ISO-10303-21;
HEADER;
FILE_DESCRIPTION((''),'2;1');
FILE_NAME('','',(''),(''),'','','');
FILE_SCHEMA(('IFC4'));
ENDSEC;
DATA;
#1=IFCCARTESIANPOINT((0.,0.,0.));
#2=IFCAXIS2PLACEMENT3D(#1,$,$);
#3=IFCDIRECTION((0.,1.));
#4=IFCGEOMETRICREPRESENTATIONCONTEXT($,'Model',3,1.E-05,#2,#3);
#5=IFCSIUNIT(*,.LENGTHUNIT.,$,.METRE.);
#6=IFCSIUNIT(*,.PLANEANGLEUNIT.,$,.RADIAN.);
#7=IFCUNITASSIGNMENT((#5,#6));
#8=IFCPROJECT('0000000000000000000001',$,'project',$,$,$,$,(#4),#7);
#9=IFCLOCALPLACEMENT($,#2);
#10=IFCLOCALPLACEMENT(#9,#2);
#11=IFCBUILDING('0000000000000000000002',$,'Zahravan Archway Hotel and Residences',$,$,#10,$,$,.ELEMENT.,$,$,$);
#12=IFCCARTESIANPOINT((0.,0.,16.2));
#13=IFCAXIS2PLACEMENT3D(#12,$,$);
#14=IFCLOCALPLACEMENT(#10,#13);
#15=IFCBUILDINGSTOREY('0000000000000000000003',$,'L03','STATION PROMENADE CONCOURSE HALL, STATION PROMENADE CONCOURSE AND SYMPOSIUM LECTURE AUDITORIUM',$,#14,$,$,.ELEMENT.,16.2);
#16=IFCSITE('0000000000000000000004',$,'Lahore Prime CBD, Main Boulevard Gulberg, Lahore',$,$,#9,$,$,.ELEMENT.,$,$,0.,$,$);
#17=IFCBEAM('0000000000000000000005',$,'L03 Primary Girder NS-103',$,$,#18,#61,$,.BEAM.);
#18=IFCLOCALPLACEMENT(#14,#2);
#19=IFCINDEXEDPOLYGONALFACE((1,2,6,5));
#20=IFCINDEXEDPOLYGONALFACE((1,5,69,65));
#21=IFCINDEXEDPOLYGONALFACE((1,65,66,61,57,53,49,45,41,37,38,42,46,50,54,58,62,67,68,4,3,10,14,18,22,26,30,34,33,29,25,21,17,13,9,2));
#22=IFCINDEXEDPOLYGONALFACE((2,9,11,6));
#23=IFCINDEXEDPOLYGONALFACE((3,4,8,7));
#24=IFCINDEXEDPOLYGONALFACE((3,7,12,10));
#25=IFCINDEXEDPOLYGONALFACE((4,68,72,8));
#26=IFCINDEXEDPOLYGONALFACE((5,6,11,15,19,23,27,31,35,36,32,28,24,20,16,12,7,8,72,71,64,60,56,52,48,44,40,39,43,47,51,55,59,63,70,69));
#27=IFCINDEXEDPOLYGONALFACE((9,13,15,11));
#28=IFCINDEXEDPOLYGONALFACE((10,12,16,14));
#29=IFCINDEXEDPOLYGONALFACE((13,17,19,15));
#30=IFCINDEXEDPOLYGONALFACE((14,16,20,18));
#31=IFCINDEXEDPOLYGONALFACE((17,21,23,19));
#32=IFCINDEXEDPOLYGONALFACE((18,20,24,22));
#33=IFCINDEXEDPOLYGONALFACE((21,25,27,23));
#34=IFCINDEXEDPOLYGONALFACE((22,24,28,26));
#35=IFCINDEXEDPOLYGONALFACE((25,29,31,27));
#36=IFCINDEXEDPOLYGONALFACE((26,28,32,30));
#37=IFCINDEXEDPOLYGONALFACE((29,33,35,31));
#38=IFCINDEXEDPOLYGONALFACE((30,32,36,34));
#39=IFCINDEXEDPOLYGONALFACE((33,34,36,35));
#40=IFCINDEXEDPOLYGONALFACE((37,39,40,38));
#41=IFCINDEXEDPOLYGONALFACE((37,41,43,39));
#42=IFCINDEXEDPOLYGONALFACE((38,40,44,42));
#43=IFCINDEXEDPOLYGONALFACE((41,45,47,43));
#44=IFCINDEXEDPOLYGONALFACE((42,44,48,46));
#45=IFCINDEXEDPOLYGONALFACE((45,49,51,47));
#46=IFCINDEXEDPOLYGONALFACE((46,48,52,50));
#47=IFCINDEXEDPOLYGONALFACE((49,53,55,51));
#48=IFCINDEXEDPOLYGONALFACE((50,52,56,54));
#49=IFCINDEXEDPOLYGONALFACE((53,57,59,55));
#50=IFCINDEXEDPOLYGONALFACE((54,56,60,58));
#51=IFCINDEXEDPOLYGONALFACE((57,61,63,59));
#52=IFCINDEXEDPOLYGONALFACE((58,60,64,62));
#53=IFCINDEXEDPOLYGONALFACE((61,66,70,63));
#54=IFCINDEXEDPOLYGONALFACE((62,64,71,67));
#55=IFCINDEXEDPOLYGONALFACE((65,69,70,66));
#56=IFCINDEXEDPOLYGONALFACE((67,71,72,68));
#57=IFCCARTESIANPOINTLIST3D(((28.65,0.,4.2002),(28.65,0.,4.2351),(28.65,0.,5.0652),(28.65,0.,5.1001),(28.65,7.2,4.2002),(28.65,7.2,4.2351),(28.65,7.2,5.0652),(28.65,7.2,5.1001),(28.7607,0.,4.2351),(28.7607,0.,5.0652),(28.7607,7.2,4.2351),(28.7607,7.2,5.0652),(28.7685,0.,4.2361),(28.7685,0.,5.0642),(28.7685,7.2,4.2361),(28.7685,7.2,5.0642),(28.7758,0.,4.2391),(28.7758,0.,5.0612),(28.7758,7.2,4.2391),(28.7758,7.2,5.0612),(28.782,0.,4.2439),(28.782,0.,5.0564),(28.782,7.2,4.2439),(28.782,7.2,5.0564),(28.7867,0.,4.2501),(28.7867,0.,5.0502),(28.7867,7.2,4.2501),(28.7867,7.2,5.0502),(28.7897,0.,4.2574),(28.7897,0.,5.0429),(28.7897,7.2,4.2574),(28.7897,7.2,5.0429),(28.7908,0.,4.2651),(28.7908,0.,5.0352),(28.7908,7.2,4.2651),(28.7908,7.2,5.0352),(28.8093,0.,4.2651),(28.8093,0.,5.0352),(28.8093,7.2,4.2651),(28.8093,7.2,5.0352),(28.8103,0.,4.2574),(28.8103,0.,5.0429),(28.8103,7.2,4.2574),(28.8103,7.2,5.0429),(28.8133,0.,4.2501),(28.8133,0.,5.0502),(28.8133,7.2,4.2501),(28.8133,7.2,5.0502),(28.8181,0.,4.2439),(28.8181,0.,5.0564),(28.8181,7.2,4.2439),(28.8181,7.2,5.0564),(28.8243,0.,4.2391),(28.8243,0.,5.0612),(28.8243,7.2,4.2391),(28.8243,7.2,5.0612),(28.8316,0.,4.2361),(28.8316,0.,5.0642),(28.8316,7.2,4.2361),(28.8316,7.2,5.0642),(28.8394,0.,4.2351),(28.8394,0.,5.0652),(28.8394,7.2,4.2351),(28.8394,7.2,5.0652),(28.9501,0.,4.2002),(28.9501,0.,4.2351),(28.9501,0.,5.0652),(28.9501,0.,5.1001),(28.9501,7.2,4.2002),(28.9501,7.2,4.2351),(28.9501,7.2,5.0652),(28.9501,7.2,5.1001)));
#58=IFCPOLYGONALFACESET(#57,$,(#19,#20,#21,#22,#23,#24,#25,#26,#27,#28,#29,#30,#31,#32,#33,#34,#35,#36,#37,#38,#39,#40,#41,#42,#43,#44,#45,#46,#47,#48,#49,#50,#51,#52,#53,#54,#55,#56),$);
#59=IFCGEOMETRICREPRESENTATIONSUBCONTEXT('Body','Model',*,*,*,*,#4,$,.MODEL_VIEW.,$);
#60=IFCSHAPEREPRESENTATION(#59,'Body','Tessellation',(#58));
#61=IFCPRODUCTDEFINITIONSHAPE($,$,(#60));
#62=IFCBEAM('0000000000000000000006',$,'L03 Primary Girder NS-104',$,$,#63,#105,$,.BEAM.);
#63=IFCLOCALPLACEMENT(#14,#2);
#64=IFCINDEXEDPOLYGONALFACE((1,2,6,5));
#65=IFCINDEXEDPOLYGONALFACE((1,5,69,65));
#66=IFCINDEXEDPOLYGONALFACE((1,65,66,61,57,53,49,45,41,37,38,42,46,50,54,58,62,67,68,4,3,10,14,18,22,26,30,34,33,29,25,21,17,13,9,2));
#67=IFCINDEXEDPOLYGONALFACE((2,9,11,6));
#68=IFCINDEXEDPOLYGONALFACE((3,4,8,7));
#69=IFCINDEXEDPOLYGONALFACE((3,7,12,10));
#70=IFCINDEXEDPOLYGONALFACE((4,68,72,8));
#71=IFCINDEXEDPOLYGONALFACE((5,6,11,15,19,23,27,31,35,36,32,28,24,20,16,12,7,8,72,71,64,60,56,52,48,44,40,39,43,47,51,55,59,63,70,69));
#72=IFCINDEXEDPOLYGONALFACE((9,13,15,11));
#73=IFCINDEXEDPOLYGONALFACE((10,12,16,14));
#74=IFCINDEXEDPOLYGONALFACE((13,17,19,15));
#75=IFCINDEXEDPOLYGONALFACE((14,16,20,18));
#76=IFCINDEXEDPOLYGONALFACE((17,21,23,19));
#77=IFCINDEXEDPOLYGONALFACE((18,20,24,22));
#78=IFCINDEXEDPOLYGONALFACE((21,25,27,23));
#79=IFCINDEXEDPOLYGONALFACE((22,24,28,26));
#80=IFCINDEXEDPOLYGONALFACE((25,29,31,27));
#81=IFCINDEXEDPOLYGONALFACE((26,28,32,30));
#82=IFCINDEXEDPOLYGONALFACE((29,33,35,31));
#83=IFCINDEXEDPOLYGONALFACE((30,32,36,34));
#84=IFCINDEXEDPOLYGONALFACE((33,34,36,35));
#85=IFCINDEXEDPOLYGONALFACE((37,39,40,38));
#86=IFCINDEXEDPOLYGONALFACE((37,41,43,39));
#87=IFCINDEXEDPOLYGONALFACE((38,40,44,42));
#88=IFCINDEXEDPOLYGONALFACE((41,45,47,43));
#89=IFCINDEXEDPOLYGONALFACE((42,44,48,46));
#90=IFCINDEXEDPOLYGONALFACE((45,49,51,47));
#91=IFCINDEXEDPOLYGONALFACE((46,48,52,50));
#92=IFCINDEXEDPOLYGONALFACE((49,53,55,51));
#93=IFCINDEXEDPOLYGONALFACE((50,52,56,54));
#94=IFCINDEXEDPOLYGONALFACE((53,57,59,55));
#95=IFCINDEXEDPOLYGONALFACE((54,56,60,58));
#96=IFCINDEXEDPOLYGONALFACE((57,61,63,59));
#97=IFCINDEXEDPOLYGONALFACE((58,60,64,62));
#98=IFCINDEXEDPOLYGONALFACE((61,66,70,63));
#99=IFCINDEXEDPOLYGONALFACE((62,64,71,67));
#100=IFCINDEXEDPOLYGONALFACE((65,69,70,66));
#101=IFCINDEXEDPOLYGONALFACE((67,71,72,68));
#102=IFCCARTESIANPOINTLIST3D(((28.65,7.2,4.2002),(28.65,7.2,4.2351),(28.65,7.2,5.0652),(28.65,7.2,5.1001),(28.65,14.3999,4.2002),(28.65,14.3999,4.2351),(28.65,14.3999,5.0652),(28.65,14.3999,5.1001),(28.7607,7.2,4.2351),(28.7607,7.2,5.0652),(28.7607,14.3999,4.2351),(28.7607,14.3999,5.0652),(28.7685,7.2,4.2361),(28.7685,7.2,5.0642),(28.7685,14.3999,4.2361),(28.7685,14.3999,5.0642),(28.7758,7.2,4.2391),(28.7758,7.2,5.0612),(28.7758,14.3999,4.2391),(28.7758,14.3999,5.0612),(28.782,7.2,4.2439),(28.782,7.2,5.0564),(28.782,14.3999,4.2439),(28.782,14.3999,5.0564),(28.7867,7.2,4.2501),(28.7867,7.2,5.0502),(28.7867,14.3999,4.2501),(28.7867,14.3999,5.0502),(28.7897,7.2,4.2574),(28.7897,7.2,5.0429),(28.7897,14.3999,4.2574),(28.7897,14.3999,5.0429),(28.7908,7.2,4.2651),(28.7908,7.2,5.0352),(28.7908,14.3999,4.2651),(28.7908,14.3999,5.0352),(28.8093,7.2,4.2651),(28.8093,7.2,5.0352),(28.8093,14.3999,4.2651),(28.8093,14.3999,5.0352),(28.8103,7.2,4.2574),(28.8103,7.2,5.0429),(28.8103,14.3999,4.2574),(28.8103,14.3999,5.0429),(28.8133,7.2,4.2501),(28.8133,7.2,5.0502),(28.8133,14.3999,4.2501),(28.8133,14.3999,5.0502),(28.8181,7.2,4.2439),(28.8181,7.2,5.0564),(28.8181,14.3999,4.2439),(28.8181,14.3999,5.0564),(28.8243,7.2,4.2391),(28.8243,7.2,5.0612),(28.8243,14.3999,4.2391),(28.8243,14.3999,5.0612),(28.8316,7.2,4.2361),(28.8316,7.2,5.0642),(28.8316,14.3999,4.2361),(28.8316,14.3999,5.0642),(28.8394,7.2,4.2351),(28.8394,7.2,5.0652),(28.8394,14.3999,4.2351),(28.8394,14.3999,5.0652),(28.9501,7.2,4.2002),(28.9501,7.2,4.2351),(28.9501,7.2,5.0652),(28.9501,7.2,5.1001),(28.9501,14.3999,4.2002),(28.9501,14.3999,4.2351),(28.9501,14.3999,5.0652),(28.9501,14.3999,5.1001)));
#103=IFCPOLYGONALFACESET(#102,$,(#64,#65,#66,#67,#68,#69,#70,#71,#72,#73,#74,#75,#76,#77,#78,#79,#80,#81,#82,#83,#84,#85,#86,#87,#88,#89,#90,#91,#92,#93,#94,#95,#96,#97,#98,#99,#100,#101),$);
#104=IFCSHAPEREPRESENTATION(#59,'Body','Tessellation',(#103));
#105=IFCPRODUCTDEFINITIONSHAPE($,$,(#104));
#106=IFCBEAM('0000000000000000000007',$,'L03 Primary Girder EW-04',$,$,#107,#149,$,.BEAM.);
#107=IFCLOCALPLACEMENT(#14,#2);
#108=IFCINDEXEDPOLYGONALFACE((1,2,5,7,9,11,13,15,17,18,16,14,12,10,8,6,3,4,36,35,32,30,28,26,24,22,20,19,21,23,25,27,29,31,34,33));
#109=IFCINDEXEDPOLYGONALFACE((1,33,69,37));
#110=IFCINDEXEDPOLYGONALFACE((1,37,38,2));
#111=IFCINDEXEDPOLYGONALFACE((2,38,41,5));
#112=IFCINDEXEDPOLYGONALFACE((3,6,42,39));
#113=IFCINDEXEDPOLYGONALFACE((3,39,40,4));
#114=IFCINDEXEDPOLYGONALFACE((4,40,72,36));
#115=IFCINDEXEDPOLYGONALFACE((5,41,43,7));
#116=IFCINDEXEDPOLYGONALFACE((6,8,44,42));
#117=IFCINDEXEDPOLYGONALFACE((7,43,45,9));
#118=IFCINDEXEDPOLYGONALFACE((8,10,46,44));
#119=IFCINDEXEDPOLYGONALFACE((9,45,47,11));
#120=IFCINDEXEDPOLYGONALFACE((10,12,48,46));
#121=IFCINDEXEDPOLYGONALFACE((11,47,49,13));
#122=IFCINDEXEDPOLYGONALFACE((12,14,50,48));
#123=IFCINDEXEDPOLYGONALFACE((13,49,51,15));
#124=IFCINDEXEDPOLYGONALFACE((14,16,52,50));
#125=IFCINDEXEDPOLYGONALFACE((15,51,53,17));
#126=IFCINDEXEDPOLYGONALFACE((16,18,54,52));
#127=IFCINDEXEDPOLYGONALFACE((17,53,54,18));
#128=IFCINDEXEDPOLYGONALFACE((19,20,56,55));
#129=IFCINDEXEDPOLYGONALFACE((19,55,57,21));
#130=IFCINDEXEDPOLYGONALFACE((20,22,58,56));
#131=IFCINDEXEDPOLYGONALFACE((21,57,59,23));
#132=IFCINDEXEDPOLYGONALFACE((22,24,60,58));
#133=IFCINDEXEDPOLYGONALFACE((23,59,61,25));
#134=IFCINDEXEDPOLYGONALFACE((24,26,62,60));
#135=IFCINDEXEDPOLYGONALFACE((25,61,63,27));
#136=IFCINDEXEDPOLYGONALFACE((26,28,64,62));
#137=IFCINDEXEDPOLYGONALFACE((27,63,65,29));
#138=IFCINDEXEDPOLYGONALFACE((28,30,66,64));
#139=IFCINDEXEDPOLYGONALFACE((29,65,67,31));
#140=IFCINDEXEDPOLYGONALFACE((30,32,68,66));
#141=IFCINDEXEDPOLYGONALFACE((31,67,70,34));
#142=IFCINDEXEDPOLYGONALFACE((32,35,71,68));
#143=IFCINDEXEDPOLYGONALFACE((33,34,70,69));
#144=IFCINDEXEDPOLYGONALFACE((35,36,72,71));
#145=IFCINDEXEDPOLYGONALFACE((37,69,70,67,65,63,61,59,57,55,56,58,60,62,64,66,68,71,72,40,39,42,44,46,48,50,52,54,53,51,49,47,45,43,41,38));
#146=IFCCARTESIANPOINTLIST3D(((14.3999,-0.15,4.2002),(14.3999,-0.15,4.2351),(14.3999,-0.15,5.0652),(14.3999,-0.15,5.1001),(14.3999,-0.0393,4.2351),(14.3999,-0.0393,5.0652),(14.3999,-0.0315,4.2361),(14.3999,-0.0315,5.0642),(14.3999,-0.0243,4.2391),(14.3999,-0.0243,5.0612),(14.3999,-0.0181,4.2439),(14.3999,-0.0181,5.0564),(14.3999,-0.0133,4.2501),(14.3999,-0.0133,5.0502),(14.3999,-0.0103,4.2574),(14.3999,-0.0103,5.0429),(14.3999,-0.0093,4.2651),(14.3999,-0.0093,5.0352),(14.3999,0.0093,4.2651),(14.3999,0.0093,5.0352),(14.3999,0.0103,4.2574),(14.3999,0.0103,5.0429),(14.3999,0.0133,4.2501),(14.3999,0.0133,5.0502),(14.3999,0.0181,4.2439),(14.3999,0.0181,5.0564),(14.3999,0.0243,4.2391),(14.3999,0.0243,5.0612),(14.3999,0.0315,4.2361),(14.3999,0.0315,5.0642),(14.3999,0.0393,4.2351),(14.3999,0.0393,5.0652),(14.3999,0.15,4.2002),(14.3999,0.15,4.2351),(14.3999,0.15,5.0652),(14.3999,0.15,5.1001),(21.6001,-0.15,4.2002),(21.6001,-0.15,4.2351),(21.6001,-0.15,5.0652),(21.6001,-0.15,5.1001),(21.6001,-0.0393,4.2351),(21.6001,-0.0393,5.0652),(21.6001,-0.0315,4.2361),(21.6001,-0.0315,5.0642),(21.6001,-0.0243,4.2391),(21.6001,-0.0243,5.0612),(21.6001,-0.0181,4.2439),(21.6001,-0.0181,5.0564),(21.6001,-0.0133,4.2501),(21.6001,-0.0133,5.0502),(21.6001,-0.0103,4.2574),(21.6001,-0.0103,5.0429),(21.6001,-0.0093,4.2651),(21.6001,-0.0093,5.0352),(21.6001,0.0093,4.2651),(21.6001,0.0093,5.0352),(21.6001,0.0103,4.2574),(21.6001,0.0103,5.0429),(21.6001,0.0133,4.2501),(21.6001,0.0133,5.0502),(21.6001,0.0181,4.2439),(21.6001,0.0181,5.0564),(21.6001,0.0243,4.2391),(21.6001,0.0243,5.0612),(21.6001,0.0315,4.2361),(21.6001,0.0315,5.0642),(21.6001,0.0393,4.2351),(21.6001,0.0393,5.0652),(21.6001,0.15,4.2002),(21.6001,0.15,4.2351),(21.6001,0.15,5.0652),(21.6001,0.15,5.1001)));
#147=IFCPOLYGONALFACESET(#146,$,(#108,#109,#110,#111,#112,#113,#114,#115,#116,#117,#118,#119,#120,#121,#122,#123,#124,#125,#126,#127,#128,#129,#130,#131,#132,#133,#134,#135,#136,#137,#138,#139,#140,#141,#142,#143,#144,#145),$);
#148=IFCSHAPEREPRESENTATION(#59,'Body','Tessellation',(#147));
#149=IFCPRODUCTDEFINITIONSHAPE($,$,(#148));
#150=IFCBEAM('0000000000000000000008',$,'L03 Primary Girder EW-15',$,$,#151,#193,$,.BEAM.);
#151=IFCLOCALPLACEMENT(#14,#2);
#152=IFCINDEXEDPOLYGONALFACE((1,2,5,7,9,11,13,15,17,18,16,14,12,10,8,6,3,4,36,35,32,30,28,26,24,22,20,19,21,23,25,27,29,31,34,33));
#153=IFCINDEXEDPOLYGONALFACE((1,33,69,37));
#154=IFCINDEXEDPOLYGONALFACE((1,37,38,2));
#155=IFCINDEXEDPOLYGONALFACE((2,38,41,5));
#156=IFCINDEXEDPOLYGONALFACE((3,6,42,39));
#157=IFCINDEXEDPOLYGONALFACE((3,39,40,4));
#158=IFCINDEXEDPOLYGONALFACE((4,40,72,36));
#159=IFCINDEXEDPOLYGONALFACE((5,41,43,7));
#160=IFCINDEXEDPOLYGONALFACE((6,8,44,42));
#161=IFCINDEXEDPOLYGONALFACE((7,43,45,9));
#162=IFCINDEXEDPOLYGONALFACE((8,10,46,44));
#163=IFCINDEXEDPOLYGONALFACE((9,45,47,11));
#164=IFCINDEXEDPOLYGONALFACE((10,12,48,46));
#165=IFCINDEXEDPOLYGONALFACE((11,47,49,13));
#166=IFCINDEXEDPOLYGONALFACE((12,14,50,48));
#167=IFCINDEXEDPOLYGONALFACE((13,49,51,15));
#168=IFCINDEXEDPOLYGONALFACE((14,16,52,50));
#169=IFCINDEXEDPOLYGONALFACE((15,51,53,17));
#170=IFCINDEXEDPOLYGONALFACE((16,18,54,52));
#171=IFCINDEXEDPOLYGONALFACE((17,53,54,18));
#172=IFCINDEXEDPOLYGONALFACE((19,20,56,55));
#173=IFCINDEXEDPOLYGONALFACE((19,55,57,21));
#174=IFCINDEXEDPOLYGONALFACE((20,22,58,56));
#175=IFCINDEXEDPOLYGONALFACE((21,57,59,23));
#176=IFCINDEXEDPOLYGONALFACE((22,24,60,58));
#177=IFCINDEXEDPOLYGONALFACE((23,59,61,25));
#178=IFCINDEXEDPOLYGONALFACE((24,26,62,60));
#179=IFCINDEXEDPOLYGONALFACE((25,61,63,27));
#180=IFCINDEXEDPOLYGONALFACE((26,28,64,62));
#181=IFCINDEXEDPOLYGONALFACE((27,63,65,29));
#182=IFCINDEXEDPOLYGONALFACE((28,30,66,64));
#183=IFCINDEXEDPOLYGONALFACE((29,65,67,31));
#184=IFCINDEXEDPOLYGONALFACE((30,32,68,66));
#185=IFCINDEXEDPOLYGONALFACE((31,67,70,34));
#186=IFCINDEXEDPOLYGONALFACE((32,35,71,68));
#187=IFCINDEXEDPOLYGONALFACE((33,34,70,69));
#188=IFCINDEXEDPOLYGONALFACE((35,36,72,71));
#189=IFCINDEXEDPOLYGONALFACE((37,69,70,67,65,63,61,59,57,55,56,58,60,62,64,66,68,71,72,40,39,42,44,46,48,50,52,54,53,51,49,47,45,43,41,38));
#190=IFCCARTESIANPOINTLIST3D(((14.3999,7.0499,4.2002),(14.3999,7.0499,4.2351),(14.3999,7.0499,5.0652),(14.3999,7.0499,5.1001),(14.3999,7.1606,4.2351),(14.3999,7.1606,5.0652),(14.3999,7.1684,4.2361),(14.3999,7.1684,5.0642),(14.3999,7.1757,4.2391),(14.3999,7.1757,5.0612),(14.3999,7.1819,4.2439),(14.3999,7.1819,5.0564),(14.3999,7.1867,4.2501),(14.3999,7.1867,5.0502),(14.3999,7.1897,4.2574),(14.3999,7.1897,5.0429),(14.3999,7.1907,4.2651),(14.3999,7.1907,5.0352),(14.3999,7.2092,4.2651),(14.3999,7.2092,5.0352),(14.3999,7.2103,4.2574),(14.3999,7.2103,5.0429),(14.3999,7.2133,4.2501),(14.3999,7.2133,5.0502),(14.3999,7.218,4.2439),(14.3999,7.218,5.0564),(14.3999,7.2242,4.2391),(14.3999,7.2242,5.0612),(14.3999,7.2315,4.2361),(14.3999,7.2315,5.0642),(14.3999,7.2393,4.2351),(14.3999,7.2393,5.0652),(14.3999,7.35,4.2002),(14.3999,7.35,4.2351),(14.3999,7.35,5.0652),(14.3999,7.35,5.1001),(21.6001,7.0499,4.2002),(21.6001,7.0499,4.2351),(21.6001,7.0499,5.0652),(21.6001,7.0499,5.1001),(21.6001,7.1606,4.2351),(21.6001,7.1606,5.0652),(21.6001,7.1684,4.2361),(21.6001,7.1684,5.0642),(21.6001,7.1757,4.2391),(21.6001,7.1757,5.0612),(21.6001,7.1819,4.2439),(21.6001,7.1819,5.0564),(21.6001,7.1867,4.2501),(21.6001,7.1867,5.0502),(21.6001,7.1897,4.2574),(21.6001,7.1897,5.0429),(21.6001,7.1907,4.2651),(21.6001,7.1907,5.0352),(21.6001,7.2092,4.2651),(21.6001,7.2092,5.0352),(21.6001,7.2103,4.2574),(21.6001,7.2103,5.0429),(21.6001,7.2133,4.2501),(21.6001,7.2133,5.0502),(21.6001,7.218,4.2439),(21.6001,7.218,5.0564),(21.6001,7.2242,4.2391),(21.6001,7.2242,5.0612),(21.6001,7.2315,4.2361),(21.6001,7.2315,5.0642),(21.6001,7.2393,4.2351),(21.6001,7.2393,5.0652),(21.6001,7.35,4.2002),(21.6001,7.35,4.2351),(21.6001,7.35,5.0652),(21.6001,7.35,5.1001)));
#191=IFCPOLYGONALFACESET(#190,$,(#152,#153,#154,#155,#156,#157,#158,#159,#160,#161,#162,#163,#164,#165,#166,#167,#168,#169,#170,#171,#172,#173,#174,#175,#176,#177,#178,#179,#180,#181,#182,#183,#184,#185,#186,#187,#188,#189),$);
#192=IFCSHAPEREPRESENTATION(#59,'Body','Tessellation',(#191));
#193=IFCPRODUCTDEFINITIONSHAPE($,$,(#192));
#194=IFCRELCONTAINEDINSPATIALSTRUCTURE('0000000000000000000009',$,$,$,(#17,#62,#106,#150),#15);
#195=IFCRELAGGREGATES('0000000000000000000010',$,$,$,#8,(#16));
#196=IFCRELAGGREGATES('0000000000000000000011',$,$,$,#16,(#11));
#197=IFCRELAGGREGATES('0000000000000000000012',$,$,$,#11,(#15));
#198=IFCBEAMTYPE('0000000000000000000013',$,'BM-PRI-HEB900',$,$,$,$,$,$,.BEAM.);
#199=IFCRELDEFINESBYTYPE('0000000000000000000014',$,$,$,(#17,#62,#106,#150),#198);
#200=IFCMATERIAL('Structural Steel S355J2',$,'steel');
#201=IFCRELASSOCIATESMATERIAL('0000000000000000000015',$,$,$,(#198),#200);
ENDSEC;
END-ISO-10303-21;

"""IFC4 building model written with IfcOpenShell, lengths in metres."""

from ifc_helpers import new_model, si_unit, direction, frame, origin, origin_2d, place, context, subcontext, project, spatial, i_section, extrude, source, transform, mapped, material, material_profile, profile_set, type_object, element, save


model = new_model("IFC4")

# Units and contexts
model_context = context("Model", 3, precision=1e-05, world=origin(), true_north=direction((0.0, 1.0)))
body_context = subcontext(model_context, "Body", "Model", "MODEL_VIEW")
ifc_project = project(units=[si_unit("LENGTHUNIT", "METRE"), si_unit("PLANEANGLEUNIT", "RADIAN")], contexts=[model_context])

# Site, building, storey
site_placement = place(None, origin())
site = spatial("IfcSite", under=ifc_project, at=site_placement, Name="Lahore Prime CBD, Main Boulevard Gulberg, Lahore", CompositionType="ELEMENT", RefElevation=0.0)
building_placement = place(site_placement, origin())
building = spatial("IfcBuilding", under=site, at=building_placement, Name="Zahravan Archway Hotel and Residences", CompositionType="ELEMENT")
storey_placement = place(building_placement, frame((0.0, 0.0, 16.2)))
storey = spatial("IfcBuildingStorey", under=building, at=storey_placement, Name="L03", Description="STATION PROMENADE CONCOURSE HALL, STATION PROMENADE CONCOURSE AND SYMPOSIUM LECTURE AUDITORIUM", CompositionType="ELEMENT", Elevation=16.2)

# Beams
ifc_material_1 = material(Name="Structural Steel S355J2", Category="steel")
ifc_material_profile_1 = material_profile(ifc_material_1, i_section(OverallWidth=0.3, OverallDepth=0.8999, WebThickness=0.0186, FlangeThickness=0.0349, FilletRadius=0.03, at=origin_2d()), Name="HEB 900", Category="steel")
ifc_profile_set_1 = profile_set([ifc_material_profile_1], Name="Structural Steel S355J2")
beam_type_1 = type_object("IfcBeamType", Name="BM-PRI-HEB900", PredefinedType="BEAM", material=ifc_profile_set_1)
shared_shape_1 = source(origin(), body_context, "Body", "SweptSolid", [
    extrude(i_section(OverallWidth=0.3, OverallDepth=0.8999, WebThickness=0.0186, FlangeThickness=0.0349, FilletRadius=0.03, at=origin_2d()), origin(), (0.0, 0.0, 1.0), 7.2),
])
for number, where, z_axis, x_axis, name in (
    (1, (28.8, 0.0, 4.6501), (0.0, 1.0, 0.0), (-1.0, 0.0, 0.0), "L03 Primary Girder NS-103"),
    (2, (28.8, 7.2, 4.6501), (0.0, 1.0, 0.0), (-1.0, 0.0, 0.0), "L03 Primary Girder NS-104"),
):
    element("IfcBeam", number, at=place(storey_placement, frame(where, z_axis=z_axis, x_axis=x_axis)), inside=storey, type_object=beam_type_1, Name=name, PredefinedType="BEAM", context=body_context, shape_type="MappedRepresentation", body=[
        mapped(shared_shape_1, transform((0.0, 0.0, 0.0), scale=1.0)),
    ])
shared_shape_2 = source(origin(), body_context, "Body", "SweptSolid", [
    extrude(i_section(OverallWidth=0.3, OverallDepth=0.8999, WebThickness=0.0186, FlangeThickness=0.0349, FilletRadius=0.03, at=origin_2d()), origin(), (0.0, 0.0, 1.0), 7.2002),
])
for number, where, z_axis, x_axis, name in (
    (3, (14.3999, 0.0, 4.6501), (1.0, 0.0, 0.0), (0.0, 1.0, 0.0), "L03 Primary Girder EW-04"),
    (4, (14.3999, 7.2, 4.6501), (1.0, 0.0, 0.0), (0.0, 1.0, 0.0), "L03 Primary Girder EW-15"),
):
    element("IfcBeam", number, at=place(storey_placement, frame(where, z_axis=z_axis, x_axis=x_axis)), inside=storey, type_object=beam_type_1, Name=name, PredefinedType="BEAM", context=body_context, shape_type="MappedRepresentation", body=[
        mapped(shared_shape_2, transform((0.0, 0.0, 0.0), scale=1.0)),
    ])

save(model, "model.ifc")
